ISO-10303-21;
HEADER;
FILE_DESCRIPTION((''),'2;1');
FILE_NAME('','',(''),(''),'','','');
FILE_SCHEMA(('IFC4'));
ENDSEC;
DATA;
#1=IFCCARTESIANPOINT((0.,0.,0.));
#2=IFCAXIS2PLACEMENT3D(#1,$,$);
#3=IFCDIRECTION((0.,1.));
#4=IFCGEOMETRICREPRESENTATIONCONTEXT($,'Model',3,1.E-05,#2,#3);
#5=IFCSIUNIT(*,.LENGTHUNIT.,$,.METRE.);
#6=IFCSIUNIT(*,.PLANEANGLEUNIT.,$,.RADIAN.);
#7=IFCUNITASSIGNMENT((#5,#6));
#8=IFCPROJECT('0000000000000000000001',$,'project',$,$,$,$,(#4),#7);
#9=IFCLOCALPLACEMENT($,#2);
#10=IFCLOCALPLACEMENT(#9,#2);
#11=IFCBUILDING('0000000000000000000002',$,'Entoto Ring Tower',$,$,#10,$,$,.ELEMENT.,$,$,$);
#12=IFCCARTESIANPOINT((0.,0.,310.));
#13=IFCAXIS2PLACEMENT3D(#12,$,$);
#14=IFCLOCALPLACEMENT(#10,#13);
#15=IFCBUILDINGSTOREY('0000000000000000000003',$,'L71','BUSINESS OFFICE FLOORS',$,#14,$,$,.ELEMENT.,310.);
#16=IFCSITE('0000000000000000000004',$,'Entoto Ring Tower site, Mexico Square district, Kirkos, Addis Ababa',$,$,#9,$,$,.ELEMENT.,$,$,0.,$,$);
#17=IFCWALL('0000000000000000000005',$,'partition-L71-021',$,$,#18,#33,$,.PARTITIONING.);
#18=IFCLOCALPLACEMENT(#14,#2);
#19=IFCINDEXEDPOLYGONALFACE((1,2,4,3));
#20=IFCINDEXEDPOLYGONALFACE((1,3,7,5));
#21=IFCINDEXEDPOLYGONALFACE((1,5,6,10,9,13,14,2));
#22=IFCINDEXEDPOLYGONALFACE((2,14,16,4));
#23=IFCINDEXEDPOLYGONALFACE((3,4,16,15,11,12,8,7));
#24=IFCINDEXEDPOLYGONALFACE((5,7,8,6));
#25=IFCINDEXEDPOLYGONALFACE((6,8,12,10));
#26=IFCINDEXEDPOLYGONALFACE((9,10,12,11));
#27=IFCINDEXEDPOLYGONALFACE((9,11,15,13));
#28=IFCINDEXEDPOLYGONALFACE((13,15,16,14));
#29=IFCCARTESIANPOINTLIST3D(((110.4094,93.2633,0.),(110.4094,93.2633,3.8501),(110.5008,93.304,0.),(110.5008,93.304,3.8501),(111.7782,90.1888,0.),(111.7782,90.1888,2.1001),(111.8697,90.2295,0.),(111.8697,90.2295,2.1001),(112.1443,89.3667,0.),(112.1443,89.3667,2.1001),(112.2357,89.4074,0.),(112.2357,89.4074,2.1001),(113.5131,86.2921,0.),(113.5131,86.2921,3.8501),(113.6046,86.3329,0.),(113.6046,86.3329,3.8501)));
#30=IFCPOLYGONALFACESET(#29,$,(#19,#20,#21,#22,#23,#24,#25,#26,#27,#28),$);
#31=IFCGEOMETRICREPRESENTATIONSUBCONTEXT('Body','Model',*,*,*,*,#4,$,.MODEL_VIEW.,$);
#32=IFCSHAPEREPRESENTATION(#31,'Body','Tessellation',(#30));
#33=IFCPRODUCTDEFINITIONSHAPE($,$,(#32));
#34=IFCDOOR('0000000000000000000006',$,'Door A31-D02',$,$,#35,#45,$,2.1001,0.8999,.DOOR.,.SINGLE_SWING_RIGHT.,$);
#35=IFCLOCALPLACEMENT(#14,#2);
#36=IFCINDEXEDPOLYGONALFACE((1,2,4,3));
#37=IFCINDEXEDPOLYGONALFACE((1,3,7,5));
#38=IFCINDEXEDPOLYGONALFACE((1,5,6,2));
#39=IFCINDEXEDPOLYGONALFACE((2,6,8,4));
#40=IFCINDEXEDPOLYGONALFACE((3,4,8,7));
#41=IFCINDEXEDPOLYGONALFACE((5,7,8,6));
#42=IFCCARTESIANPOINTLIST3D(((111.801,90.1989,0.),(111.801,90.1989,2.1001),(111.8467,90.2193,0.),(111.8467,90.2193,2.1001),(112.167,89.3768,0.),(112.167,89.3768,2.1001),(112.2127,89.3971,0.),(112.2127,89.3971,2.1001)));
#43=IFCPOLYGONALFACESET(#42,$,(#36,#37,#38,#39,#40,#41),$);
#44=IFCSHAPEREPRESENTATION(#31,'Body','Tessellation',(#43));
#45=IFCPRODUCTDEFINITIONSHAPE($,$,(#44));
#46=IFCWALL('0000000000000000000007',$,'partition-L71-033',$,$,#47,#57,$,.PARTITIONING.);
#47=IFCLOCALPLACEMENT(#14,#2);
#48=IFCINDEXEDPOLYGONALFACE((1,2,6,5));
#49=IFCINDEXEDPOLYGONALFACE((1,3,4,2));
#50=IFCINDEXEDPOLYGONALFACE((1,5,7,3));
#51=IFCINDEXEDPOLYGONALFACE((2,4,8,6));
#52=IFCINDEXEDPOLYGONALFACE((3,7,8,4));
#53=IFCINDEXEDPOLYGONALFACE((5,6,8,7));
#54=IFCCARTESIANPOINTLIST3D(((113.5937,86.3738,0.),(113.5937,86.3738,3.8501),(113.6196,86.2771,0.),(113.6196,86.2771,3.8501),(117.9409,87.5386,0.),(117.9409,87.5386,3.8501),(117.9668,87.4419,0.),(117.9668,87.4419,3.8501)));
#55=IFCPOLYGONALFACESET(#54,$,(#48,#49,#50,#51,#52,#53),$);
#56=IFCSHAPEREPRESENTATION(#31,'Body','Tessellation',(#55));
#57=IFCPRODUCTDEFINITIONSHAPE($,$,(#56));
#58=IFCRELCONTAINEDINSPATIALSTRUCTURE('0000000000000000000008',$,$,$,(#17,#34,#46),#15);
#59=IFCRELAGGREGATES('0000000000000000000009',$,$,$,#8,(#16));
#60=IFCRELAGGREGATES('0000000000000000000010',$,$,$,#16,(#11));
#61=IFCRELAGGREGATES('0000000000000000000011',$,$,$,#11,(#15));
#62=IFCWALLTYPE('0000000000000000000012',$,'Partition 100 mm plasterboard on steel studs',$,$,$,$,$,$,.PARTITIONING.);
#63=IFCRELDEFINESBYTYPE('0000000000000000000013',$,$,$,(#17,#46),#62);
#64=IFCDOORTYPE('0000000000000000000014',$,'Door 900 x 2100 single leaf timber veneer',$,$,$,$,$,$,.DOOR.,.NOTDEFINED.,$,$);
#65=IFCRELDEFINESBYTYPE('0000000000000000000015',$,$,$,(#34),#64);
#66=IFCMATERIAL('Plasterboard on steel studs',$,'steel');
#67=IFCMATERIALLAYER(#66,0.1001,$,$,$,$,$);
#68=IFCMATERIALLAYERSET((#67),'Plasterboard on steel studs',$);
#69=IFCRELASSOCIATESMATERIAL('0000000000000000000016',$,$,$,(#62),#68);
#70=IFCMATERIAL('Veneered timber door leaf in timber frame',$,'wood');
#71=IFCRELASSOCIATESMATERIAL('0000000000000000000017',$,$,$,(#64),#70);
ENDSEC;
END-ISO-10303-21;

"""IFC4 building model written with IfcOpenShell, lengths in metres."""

from ifc_helpers import new_model, si_unit, direction, frame, frame_2d, origin, place, context, subcontext, project, spatial, rectangle, extrude, material, layer, layer_set, type_object, element, fill, save


model = new_model("IFC4")

# Units and contexts
model_context = context("Model", 3, precision=1e-05, world=origin(), true_north=direction((0.0, 1.0)))
body_context = subcontext(model_context, "Body", "Model", "MODEL_VIEW")
ifc_project = project(units=[si_unit("LENGTHUNIT", "METRE"), si_unit("PLANEANGLEUNIT", "RADIAN")], contexts=[model_context])

# Site, building, storey
site_placement = place(None, origin())
site = spatial("IfcSite", under=ifc_project, at=site_placement, Name="Entoto Ring Tower site, Mexico Square district, Kirkos, Addis Ababa", CompositionType="ELEMENT", RefElevation=0.0)
building_placement = place(site_placement, origin())
building = spatial("IfcBuilding", under=site, at=building_placement, Name="Entoto Ring Tower", CompositionType="ELEMENT")
storey_placement = place(building_placement, frame((0.0, 0.0, 310.0)))
storey = spatial("IfcBuildingStorey", under=building, at=storey_placement, Name="L71", Description="BUSINESS OFFICE FLOORS", CompositionType="ELEMENT", Elevation=310.0)

# Wall, opening, door
ifc_material_1 = material(Name="Plasterboard on steel studs", Category="steel")
ifc_layer_1 = layer(ifc_material_1, 0.1001)
ifc_layer_set_1 = layer_set([ifc_layer_1], Name="Plasterboard on steel studs")
wall_type_1 = type_object("IfcWallType", Name="Partition 100 mm plasterboard on steel studs", PredefinedType="PARTITIONING", material=ifc_layer_set_1)
wall_1_placement = place(storey_placement, frame((113.5588, 86.3125, 0.0), z_axis=(0.0, 0.0, 1.0), x_axis=(-0.406735, 0.913546, 0.0)))
wall_1 = element("IfcWall", 1, at=wall_1_placement, inside=storey, type_object=wall_type_1, Name="partition-L71-021", PredefinedType="PARTITIONING", context=body_context, shape_type="SweptSolid", body=[
    extrude(rectangle(XDim=7.6309, YDim=0.1001, at=frame_2d((3.8154, 0.0))), origin(), (0.0, 0.0, 1.0), 3.8501),
])
opening_1_placement = place(wall_1_placement, frame((3.3655, 0.0, 0.0)))
opening_1 = element("IfcOpeningElement", 2, at=opening_1_placement, cuts=wall_1, PredefinedType="OPENING", context=body_context, shape_type="SweptSolid", body=[
    extrude(rectangle(XDim=0.8999, YDim=2.1001, at=frame_2d((0.45, 1.05))), frame((0.0, 0.0601, 0.0), z_axis=(0.0, -1.0, 0.0), x_axis=(1.0, 0.0, 0.0)), (0.0, 0.0, 1.0), 0.1201),
])
ifc_material_2 = material(Name="Veneered timber door leaf in timber frame", Category="wood")
door_type_1 = type_object("IfcDoorType", Name="Door 900 x 2100 single leaf timber veneer", OperationType="NOTDEFINED", PredefinedType="DOOR", material=ifc_material_2)
door_1_placement = place(opening_1_placement, frame((0.8999, 0.0, 0.0), z_axis=(0.0, 0.0, 1.0), x_axis=(-1.0, 0.0, 0.0)))
door_1 = element("IfcDoor", 3, at=door_1_placement, inside=storey, type_object=door_type_1, Name="Door A31-D02", OperationType="SINGLE_SWING_RIGHT", OverallHeight=2.1001, OverallWidth=0.8999, PredefinedType="DOOR", context=body_context, shape_type="SweptSolid", body=[
    extrude(rectangle(XDim=0.8999, YDim=2.1001, at=frame_2d((0.45, 1.05))), frame((0.0, 0.0249, 0.0), z_axis=(0.0, -1.0, 0.0), x_axis=(1.0, 0.0, 0.0)), (0.0, 0.0, 1.0), 0.05),
])
fill(opening_1, door_1)

# Wall
wall_2_placement = place(storey_placement, frame((113.6067, 86.3254, 0.0), z_axis=(0.0, 0.0, 1.0), x_axis=(0.965927, 0.258814, 0.0)))
element("IfcWall", 4, at=wall_2_placement, inside=storey, type_object=wall_type_1, Name="partition-L71-033", PredefinedType="PARTITIONING", context=body_context, shape_type="SweptSolid", body=[
    extrude(rectangle(XDim=4.5005, YDim=0.1001, at=frame_2d((2.2502, 0.0))), origin(), (0.0, 0.0, 1.0), 3.8501),
])

save(model, "model.ifc")
